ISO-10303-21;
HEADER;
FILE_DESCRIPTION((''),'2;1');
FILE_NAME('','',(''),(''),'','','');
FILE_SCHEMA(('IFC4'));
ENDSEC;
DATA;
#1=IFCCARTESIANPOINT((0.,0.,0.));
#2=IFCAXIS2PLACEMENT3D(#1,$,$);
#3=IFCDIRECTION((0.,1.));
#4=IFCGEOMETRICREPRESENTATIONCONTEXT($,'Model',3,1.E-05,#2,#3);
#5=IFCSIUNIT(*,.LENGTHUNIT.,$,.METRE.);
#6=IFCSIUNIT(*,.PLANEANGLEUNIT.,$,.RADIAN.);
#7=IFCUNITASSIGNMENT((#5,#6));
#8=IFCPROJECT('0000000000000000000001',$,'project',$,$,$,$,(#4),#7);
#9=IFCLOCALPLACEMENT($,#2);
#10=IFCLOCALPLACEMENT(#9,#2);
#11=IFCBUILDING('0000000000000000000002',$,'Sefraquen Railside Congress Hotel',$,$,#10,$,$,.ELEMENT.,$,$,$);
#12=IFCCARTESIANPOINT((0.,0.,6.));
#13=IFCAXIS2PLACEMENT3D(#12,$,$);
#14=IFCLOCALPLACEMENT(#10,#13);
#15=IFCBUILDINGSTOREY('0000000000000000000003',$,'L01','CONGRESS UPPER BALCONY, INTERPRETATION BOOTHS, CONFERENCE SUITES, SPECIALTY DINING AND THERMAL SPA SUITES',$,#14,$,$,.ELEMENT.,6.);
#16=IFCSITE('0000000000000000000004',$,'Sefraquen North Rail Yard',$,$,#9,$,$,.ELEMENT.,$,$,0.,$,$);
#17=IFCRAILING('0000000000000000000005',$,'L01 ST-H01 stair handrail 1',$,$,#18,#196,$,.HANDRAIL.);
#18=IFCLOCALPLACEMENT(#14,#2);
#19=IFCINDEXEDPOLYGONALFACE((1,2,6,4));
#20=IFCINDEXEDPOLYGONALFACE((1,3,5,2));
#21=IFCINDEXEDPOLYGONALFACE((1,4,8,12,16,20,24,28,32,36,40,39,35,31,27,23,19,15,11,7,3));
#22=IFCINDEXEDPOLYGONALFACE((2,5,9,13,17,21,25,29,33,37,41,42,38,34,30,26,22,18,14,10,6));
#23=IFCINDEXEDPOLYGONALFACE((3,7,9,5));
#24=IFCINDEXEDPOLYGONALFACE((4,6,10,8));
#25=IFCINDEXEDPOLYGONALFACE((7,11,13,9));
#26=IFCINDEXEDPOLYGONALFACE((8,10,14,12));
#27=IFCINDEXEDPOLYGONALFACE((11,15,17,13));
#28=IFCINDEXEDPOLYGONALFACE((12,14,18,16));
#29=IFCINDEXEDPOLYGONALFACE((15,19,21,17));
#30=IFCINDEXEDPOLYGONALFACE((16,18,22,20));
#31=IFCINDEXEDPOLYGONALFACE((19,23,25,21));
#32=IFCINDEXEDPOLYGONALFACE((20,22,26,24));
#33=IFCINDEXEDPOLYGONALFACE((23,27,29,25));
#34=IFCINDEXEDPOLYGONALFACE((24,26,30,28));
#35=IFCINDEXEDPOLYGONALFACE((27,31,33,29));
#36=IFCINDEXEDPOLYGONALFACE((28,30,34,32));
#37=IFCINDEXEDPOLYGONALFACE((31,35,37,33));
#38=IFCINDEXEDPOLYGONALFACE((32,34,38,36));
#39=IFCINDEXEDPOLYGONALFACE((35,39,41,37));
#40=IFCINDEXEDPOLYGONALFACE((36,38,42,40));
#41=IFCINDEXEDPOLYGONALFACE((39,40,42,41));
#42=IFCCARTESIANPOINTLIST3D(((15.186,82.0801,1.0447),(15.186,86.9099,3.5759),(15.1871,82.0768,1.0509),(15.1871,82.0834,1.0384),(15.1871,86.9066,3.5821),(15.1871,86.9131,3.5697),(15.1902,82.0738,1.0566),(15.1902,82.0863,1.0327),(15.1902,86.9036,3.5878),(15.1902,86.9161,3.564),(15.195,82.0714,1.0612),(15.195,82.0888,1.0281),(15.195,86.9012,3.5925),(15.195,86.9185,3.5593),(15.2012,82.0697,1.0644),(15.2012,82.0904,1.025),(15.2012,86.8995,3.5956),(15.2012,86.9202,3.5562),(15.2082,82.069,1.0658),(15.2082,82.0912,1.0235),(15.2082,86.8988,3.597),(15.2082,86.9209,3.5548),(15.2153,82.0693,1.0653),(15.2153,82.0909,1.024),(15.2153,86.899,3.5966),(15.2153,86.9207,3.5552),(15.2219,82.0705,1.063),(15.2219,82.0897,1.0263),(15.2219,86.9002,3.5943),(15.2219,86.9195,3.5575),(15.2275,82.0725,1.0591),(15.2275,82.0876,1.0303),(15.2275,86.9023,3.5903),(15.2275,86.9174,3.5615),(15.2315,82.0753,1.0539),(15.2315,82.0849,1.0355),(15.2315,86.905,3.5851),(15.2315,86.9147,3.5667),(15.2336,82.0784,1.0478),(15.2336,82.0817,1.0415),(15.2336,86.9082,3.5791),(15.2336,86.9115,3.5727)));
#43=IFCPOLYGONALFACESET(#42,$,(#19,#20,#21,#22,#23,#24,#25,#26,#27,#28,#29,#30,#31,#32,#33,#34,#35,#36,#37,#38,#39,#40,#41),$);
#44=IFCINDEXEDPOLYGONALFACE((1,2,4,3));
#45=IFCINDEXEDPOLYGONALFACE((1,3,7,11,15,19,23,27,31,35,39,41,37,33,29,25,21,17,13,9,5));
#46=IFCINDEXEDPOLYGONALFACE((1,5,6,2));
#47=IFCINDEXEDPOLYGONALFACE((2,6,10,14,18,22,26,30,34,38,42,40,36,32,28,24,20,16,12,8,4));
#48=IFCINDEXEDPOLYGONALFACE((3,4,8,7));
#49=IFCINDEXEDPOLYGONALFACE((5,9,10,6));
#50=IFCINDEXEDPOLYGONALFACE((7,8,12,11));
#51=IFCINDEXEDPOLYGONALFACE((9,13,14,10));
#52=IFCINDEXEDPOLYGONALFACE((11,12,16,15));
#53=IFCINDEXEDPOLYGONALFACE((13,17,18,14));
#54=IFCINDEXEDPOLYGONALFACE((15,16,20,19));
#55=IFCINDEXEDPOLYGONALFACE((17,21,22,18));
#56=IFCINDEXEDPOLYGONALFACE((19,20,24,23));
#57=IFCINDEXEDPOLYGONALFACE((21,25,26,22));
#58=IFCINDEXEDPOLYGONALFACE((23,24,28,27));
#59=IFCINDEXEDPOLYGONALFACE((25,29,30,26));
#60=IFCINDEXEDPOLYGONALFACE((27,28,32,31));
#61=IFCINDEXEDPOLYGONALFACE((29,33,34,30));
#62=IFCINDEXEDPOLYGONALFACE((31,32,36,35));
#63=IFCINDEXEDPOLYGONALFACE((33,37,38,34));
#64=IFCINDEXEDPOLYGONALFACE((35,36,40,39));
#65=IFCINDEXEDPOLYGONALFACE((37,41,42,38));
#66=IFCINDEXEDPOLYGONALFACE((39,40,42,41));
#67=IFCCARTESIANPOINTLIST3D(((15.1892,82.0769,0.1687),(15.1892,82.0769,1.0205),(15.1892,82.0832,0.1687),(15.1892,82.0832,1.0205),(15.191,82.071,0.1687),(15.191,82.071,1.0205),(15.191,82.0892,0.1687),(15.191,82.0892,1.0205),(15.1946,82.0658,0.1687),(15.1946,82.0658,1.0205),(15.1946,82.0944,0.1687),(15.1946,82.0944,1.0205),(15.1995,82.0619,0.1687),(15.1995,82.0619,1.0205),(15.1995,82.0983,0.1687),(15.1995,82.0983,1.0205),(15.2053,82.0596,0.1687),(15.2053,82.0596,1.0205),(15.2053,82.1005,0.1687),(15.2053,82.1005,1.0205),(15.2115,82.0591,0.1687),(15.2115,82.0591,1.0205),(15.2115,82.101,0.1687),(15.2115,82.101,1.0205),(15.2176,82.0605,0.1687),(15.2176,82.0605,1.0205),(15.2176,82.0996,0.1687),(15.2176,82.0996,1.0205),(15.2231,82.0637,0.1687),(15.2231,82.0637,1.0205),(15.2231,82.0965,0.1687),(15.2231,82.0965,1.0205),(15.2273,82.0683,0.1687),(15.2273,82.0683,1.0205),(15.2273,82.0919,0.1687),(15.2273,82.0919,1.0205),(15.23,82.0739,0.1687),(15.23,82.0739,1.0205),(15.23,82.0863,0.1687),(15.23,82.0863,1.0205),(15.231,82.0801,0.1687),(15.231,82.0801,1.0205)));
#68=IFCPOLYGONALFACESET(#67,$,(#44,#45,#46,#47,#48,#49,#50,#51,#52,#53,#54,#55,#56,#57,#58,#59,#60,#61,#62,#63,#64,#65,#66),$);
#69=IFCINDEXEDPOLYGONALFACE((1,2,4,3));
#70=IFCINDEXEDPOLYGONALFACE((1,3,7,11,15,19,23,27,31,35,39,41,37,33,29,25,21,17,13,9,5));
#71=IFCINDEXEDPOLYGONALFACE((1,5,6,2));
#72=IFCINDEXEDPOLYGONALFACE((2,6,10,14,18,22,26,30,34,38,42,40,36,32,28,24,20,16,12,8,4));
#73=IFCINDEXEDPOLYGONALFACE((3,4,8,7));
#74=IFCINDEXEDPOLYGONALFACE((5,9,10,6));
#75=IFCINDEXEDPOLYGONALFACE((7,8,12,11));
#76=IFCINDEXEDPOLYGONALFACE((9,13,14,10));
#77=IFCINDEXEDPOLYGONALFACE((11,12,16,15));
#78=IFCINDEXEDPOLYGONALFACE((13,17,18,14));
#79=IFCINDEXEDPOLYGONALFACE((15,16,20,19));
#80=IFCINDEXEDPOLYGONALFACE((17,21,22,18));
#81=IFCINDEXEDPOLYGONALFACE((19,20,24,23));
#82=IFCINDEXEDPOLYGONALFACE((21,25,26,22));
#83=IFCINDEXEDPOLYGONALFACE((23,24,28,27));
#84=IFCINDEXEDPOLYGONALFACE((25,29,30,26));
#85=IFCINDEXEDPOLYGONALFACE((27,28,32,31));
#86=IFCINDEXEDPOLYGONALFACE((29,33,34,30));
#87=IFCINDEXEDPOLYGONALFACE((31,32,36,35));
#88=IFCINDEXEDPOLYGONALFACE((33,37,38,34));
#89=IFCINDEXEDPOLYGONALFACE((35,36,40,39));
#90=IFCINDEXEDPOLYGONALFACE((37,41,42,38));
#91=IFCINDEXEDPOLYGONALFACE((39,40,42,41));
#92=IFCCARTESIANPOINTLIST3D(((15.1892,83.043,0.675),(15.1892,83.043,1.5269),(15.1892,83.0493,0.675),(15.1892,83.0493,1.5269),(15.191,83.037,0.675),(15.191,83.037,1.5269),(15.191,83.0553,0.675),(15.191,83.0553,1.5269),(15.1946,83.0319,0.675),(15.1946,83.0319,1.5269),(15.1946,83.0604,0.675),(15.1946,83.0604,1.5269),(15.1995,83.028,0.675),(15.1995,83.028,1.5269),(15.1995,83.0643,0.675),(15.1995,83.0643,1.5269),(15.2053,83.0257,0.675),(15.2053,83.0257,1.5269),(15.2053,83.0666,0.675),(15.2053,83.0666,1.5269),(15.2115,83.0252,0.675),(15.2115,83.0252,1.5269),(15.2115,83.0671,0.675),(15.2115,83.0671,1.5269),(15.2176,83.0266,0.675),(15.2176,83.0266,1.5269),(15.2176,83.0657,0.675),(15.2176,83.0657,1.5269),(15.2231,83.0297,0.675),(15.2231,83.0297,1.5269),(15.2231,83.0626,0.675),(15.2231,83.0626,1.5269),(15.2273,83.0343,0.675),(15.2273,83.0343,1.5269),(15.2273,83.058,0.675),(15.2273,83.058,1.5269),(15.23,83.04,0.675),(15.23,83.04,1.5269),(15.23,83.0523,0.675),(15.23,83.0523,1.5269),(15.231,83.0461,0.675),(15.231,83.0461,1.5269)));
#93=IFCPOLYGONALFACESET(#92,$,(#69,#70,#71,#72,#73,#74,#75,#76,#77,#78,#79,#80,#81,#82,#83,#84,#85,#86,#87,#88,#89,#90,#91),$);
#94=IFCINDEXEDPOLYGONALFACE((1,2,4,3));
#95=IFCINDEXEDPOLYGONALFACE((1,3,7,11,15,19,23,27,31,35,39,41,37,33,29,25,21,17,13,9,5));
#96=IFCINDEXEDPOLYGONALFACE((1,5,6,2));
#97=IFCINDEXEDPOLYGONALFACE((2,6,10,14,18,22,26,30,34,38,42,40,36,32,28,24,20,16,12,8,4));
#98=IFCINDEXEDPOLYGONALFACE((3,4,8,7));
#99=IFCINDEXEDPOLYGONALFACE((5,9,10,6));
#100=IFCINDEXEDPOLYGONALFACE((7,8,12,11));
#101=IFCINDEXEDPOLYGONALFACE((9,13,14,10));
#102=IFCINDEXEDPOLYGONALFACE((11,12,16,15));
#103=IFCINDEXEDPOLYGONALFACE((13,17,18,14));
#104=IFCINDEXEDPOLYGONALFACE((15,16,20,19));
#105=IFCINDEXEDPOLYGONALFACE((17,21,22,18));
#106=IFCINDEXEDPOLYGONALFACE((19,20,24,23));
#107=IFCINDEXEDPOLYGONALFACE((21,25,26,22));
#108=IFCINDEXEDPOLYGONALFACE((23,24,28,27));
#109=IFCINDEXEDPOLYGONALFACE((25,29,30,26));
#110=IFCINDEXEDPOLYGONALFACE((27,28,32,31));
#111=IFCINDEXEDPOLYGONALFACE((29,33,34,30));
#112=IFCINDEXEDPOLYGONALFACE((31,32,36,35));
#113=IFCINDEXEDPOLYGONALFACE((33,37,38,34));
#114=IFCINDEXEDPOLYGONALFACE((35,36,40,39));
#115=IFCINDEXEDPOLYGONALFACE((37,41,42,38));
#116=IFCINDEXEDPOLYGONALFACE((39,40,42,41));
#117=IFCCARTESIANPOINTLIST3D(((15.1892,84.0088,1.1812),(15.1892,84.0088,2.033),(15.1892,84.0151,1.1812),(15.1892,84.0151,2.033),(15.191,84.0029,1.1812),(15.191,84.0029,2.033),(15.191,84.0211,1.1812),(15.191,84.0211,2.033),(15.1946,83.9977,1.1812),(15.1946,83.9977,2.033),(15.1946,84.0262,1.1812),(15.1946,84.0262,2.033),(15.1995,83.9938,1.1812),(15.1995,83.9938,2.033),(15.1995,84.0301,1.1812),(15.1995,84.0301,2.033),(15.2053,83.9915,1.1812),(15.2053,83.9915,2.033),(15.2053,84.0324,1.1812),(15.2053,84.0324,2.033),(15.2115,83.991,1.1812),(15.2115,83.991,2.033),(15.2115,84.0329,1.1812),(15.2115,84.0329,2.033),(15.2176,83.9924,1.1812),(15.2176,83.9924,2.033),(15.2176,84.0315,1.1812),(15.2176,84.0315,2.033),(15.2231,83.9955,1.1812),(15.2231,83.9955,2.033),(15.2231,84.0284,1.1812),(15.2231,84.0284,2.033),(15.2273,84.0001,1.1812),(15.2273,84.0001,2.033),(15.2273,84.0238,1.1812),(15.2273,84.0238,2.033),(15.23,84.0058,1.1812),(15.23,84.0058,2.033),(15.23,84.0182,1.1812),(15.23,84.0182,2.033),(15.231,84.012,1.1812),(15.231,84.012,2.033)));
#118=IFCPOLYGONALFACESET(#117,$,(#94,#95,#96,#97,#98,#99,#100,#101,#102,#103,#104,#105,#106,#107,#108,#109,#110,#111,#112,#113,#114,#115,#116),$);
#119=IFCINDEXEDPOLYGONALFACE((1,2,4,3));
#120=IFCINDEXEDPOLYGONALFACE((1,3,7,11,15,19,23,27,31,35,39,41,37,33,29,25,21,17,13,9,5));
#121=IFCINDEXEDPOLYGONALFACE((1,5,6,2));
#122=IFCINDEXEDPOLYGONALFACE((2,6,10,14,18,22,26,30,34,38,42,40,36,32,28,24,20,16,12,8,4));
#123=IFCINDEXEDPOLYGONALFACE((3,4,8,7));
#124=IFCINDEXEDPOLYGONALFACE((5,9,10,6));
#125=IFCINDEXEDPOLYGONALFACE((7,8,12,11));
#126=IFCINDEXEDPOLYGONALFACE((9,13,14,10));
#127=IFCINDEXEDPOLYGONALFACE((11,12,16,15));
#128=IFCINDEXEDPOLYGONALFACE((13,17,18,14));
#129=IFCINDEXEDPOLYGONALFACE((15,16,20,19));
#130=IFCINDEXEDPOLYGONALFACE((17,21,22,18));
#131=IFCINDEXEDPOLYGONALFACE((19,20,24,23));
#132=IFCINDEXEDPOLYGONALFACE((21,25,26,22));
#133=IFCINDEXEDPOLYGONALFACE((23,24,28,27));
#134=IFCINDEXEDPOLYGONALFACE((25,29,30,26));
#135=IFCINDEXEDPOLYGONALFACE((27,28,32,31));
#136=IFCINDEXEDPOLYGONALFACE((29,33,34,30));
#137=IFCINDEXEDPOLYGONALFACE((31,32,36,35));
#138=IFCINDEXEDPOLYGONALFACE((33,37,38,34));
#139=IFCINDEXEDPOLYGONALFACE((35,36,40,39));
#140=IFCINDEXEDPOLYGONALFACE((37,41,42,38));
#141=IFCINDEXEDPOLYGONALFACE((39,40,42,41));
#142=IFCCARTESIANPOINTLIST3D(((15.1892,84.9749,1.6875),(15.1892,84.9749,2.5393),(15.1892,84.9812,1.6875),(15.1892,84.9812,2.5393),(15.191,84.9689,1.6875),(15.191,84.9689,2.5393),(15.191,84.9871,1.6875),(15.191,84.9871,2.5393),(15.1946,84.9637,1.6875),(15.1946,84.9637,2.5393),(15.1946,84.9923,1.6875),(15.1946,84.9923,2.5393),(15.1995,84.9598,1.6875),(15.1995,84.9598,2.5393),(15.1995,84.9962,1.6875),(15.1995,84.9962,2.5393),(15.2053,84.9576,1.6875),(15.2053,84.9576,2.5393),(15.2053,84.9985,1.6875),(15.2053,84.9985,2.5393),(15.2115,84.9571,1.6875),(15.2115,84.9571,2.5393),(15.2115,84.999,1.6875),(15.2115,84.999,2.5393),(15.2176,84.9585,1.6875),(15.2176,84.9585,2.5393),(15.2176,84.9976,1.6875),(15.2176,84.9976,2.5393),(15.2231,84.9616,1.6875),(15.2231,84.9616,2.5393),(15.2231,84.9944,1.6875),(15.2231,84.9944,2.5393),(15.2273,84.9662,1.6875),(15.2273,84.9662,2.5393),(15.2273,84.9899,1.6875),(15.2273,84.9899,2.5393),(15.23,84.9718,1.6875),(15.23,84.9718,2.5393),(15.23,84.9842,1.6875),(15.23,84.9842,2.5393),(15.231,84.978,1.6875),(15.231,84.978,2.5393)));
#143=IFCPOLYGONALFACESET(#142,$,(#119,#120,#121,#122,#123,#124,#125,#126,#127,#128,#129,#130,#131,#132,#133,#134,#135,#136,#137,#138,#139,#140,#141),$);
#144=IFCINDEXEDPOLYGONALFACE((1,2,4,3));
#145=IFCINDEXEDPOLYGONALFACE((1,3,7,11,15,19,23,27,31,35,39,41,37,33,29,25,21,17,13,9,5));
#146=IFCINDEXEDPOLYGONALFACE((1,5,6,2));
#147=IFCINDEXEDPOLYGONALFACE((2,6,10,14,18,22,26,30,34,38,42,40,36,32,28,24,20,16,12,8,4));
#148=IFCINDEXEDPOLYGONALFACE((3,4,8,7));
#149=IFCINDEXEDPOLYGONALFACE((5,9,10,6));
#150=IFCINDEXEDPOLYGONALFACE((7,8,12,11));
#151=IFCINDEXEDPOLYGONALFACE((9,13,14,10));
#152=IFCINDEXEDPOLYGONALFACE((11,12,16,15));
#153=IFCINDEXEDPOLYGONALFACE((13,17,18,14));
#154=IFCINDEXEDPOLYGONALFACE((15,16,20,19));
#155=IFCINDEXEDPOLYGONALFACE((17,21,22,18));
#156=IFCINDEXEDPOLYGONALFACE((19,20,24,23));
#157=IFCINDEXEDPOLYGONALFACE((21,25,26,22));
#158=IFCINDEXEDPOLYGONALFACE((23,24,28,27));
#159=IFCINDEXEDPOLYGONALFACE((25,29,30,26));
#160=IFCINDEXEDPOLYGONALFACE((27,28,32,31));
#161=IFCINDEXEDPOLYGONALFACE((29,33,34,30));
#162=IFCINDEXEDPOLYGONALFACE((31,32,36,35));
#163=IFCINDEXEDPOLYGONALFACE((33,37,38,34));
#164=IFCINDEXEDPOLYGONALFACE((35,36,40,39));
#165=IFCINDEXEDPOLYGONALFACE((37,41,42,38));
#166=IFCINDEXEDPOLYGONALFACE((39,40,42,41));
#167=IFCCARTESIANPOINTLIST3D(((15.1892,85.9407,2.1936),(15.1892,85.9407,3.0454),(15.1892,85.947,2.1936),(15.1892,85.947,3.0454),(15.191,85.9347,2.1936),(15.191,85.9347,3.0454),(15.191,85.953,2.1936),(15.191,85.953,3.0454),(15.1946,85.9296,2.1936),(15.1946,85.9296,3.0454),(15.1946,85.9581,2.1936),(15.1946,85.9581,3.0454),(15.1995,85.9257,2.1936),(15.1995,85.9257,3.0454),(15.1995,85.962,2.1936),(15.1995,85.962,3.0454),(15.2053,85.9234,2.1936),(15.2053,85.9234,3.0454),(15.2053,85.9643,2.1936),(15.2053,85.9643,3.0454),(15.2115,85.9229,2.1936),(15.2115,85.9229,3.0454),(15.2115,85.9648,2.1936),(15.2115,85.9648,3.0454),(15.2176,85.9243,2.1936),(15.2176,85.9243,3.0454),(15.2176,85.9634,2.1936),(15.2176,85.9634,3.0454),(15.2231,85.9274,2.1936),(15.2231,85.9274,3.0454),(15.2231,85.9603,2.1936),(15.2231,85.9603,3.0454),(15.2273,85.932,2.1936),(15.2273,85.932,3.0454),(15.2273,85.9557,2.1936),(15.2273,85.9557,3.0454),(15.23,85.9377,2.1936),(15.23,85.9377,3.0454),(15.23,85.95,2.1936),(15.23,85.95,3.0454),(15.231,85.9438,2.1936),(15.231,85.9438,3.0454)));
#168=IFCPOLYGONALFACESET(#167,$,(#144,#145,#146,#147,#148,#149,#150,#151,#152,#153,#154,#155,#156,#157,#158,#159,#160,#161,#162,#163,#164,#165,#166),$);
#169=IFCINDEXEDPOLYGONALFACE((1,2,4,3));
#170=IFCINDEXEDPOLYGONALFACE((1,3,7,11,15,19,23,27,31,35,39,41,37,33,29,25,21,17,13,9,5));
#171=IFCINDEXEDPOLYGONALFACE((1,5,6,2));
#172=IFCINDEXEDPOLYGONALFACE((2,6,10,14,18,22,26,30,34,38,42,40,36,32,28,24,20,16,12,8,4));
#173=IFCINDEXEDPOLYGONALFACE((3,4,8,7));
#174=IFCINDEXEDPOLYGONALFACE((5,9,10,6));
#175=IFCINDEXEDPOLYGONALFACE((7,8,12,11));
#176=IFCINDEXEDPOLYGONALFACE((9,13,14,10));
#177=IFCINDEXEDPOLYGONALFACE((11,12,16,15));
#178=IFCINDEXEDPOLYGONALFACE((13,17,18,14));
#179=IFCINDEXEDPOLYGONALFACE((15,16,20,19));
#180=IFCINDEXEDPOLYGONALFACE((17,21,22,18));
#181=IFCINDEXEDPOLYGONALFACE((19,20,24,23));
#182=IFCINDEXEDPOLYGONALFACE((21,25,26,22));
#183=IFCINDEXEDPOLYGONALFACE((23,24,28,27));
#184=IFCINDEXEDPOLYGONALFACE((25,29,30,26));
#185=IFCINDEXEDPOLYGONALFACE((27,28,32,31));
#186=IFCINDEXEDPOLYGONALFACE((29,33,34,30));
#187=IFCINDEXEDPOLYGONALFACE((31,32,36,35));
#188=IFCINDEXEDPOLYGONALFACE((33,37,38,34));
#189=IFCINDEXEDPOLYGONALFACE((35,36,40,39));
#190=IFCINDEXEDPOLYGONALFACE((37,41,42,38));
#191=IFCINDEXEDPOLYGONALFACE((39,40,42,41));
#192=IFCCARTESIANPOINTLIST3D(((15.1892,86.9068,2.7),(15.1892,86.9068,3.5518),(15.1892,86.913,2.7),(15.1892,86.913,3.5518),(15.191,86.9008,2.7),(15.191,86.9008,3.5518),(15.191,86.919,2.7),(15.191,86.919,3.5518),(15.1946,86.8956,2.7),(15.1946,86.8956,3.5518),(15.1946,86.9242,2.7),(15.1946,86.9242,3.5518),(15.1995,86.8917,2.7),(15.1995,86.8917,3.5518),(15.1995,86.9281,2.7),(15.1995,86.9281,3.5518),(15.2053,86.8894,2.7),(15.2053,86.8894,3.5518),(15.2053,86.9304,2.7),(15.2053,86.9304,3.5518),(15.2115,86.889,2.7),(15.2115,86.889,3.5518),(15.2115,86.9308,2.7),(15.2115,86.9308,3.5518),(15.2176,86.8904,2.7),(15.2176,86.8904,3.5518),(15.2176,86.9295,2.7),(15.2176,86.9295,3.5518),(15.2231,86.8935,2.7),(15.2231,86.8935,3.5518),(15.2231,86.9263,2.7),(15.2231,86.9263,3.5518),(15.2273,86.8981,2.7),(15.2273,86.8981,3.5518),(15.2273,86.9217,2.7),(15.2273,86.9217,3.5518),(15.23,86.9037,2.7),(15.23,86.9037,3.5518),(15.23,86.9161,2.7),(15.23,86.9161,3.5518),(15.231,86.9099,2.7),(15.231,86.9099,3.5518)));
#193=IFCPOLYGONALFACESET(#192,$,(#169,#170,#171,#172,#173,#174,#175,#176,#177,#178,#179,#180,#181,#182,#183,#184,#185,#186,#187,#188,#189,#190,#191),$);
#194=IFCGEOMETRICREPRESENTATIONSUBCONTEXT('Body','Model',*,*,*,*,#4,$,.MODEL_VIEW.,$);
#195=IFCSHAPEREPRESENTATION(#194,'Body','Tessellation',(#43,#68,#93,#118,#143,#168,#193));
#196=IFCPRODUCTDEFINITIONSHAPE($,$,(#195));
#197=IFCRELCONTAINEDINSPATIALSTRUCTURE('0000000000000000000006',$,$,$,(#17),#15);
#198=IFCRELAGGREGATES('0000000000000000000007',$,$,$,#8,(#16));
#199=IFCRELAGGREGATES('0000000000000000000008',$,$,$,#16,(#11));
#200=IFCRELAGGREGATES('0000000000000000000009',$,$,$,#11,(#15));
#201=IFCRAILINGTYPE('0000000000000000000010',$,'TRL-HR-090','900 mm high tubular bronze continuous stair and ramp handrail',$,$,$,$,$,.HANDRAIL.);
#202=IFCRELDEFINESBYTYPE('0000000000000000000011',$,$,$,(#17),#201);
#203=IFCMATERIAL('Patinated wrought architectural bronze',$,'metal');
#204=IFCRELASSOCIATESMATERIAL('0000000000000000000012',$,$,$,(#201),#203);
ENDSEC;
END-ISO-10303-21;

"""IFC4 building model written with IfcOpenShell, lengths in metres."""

from ifc_helpers import new_model, si_unit, direction, frame, origin, origin_2d, place, context, subcontext, project, spatial, circle, extrude, material, type_object, element, save


model = new_model("IFC4")

# Units and contexts
model_context = context("Model", 3, precision=1e-05, world=origin(), true_north=direction((0.0, 1.0)))
body_context = subcontext(model_context, "Body", "Model", "MODEL_VIEW")
ifc_project = project(units=[si_unit("LENGTHUNIT", "METRE"), si_unit("PLANEANGLEUNIT", "RADIAN")], contexts=[model_context])

# Site, building, storey
site_placement = place(None, origin())
site = spatial("IfcSite", under=ifc_project, at=site_placement, Name="Sefraquen North Rail Yard", CompositionType="ELEMENT", RefElevation=0.0)
building_placement = place(site_placement, origin())
building = spatial("IfcBuilding", under=site, at=building_placement, Name="Sefraquen Railside Congress Hotel", CompositionType="ELEMENT")
storey_placement = place(building_placement, frame((0.0, 0.0, 6.0)))
storey = spatial("IfcBuildingStorey", under=building, at=storey_placement, Name="L01", Description="CONGRESS UPPER BALCONY, INTERPRETATION BOOTHS, CONFERENCE SUITES, SPECIALTY DINING AND THERMAL SPA SUITES", CompositionType="ELEMENT", Elevation=6.0)

# Railing
ifc_material_1 = material(Name="Patinated wrought architectural bronze", Category="metal")
railing_type_1 = type_object("IfcRailingType", Name="TRL-HR-090", Description="900 mm high tubular bronze continuous stair and ramp handrail", PredefinedType="HANDRAIL", material=ifc_material_1)
railing_1_placement = place(storey_placement, frame((15.21, 82.0801, 0.1687)))
element("IfcRailing", 1, at=railing_1_placement, inside=storey, type_object=railing_type_1, Name="L01 ST-H01 stair handrail 1", PredefinedType="HANDRAIL", context=body_context, shape_type="SweptSolid", body=[
    extrude(circle(Radius=0.0239, at=origin_2d()), frame((0.0, 0.0, 0.876), z_axis=(0.0, 0.885731, 0.464199), x_axis=(-1.0, 0.0, 0.0)), (0.0, 0.0, 1.0), 5.4529),
    extrude(circle(Radius=0.021, at=origin_2d()), origin(), (0.0, 0.0, 1.0), 0.8518),
    extrude(circle(Radius=0.021, at=origin_2d()), frame((0.0, 0.9661, 0.5063)), (0.0, 0.0, 1.0), 0.8518),
    extrude(circle(Radius=0.021, at=origin_2d()), frame((0.0, 1.9319, 1.0125)), (0.0, 0.0, 1.0), 0.8518),
    extrude(circle(Radius=0.021, at=origin_2d()), frame((0.0, 2.8979, 1.5188)), (0.0, 0.0, 1.0), 0.8518),
    extrude(circle(Radius=0.021, at=origin_2d()), frame((0.0, 3.8638, 2.0249)), (0.0, 0.0, 1.0), 0.8518),
    extrude(circle(Radius=0.021, at=origin_2d()), frame((0.0, 4.8298, 2.5312)), (0.0, 0.0, 1.0), 0.8518),
])

save(model, "model.ifc")
